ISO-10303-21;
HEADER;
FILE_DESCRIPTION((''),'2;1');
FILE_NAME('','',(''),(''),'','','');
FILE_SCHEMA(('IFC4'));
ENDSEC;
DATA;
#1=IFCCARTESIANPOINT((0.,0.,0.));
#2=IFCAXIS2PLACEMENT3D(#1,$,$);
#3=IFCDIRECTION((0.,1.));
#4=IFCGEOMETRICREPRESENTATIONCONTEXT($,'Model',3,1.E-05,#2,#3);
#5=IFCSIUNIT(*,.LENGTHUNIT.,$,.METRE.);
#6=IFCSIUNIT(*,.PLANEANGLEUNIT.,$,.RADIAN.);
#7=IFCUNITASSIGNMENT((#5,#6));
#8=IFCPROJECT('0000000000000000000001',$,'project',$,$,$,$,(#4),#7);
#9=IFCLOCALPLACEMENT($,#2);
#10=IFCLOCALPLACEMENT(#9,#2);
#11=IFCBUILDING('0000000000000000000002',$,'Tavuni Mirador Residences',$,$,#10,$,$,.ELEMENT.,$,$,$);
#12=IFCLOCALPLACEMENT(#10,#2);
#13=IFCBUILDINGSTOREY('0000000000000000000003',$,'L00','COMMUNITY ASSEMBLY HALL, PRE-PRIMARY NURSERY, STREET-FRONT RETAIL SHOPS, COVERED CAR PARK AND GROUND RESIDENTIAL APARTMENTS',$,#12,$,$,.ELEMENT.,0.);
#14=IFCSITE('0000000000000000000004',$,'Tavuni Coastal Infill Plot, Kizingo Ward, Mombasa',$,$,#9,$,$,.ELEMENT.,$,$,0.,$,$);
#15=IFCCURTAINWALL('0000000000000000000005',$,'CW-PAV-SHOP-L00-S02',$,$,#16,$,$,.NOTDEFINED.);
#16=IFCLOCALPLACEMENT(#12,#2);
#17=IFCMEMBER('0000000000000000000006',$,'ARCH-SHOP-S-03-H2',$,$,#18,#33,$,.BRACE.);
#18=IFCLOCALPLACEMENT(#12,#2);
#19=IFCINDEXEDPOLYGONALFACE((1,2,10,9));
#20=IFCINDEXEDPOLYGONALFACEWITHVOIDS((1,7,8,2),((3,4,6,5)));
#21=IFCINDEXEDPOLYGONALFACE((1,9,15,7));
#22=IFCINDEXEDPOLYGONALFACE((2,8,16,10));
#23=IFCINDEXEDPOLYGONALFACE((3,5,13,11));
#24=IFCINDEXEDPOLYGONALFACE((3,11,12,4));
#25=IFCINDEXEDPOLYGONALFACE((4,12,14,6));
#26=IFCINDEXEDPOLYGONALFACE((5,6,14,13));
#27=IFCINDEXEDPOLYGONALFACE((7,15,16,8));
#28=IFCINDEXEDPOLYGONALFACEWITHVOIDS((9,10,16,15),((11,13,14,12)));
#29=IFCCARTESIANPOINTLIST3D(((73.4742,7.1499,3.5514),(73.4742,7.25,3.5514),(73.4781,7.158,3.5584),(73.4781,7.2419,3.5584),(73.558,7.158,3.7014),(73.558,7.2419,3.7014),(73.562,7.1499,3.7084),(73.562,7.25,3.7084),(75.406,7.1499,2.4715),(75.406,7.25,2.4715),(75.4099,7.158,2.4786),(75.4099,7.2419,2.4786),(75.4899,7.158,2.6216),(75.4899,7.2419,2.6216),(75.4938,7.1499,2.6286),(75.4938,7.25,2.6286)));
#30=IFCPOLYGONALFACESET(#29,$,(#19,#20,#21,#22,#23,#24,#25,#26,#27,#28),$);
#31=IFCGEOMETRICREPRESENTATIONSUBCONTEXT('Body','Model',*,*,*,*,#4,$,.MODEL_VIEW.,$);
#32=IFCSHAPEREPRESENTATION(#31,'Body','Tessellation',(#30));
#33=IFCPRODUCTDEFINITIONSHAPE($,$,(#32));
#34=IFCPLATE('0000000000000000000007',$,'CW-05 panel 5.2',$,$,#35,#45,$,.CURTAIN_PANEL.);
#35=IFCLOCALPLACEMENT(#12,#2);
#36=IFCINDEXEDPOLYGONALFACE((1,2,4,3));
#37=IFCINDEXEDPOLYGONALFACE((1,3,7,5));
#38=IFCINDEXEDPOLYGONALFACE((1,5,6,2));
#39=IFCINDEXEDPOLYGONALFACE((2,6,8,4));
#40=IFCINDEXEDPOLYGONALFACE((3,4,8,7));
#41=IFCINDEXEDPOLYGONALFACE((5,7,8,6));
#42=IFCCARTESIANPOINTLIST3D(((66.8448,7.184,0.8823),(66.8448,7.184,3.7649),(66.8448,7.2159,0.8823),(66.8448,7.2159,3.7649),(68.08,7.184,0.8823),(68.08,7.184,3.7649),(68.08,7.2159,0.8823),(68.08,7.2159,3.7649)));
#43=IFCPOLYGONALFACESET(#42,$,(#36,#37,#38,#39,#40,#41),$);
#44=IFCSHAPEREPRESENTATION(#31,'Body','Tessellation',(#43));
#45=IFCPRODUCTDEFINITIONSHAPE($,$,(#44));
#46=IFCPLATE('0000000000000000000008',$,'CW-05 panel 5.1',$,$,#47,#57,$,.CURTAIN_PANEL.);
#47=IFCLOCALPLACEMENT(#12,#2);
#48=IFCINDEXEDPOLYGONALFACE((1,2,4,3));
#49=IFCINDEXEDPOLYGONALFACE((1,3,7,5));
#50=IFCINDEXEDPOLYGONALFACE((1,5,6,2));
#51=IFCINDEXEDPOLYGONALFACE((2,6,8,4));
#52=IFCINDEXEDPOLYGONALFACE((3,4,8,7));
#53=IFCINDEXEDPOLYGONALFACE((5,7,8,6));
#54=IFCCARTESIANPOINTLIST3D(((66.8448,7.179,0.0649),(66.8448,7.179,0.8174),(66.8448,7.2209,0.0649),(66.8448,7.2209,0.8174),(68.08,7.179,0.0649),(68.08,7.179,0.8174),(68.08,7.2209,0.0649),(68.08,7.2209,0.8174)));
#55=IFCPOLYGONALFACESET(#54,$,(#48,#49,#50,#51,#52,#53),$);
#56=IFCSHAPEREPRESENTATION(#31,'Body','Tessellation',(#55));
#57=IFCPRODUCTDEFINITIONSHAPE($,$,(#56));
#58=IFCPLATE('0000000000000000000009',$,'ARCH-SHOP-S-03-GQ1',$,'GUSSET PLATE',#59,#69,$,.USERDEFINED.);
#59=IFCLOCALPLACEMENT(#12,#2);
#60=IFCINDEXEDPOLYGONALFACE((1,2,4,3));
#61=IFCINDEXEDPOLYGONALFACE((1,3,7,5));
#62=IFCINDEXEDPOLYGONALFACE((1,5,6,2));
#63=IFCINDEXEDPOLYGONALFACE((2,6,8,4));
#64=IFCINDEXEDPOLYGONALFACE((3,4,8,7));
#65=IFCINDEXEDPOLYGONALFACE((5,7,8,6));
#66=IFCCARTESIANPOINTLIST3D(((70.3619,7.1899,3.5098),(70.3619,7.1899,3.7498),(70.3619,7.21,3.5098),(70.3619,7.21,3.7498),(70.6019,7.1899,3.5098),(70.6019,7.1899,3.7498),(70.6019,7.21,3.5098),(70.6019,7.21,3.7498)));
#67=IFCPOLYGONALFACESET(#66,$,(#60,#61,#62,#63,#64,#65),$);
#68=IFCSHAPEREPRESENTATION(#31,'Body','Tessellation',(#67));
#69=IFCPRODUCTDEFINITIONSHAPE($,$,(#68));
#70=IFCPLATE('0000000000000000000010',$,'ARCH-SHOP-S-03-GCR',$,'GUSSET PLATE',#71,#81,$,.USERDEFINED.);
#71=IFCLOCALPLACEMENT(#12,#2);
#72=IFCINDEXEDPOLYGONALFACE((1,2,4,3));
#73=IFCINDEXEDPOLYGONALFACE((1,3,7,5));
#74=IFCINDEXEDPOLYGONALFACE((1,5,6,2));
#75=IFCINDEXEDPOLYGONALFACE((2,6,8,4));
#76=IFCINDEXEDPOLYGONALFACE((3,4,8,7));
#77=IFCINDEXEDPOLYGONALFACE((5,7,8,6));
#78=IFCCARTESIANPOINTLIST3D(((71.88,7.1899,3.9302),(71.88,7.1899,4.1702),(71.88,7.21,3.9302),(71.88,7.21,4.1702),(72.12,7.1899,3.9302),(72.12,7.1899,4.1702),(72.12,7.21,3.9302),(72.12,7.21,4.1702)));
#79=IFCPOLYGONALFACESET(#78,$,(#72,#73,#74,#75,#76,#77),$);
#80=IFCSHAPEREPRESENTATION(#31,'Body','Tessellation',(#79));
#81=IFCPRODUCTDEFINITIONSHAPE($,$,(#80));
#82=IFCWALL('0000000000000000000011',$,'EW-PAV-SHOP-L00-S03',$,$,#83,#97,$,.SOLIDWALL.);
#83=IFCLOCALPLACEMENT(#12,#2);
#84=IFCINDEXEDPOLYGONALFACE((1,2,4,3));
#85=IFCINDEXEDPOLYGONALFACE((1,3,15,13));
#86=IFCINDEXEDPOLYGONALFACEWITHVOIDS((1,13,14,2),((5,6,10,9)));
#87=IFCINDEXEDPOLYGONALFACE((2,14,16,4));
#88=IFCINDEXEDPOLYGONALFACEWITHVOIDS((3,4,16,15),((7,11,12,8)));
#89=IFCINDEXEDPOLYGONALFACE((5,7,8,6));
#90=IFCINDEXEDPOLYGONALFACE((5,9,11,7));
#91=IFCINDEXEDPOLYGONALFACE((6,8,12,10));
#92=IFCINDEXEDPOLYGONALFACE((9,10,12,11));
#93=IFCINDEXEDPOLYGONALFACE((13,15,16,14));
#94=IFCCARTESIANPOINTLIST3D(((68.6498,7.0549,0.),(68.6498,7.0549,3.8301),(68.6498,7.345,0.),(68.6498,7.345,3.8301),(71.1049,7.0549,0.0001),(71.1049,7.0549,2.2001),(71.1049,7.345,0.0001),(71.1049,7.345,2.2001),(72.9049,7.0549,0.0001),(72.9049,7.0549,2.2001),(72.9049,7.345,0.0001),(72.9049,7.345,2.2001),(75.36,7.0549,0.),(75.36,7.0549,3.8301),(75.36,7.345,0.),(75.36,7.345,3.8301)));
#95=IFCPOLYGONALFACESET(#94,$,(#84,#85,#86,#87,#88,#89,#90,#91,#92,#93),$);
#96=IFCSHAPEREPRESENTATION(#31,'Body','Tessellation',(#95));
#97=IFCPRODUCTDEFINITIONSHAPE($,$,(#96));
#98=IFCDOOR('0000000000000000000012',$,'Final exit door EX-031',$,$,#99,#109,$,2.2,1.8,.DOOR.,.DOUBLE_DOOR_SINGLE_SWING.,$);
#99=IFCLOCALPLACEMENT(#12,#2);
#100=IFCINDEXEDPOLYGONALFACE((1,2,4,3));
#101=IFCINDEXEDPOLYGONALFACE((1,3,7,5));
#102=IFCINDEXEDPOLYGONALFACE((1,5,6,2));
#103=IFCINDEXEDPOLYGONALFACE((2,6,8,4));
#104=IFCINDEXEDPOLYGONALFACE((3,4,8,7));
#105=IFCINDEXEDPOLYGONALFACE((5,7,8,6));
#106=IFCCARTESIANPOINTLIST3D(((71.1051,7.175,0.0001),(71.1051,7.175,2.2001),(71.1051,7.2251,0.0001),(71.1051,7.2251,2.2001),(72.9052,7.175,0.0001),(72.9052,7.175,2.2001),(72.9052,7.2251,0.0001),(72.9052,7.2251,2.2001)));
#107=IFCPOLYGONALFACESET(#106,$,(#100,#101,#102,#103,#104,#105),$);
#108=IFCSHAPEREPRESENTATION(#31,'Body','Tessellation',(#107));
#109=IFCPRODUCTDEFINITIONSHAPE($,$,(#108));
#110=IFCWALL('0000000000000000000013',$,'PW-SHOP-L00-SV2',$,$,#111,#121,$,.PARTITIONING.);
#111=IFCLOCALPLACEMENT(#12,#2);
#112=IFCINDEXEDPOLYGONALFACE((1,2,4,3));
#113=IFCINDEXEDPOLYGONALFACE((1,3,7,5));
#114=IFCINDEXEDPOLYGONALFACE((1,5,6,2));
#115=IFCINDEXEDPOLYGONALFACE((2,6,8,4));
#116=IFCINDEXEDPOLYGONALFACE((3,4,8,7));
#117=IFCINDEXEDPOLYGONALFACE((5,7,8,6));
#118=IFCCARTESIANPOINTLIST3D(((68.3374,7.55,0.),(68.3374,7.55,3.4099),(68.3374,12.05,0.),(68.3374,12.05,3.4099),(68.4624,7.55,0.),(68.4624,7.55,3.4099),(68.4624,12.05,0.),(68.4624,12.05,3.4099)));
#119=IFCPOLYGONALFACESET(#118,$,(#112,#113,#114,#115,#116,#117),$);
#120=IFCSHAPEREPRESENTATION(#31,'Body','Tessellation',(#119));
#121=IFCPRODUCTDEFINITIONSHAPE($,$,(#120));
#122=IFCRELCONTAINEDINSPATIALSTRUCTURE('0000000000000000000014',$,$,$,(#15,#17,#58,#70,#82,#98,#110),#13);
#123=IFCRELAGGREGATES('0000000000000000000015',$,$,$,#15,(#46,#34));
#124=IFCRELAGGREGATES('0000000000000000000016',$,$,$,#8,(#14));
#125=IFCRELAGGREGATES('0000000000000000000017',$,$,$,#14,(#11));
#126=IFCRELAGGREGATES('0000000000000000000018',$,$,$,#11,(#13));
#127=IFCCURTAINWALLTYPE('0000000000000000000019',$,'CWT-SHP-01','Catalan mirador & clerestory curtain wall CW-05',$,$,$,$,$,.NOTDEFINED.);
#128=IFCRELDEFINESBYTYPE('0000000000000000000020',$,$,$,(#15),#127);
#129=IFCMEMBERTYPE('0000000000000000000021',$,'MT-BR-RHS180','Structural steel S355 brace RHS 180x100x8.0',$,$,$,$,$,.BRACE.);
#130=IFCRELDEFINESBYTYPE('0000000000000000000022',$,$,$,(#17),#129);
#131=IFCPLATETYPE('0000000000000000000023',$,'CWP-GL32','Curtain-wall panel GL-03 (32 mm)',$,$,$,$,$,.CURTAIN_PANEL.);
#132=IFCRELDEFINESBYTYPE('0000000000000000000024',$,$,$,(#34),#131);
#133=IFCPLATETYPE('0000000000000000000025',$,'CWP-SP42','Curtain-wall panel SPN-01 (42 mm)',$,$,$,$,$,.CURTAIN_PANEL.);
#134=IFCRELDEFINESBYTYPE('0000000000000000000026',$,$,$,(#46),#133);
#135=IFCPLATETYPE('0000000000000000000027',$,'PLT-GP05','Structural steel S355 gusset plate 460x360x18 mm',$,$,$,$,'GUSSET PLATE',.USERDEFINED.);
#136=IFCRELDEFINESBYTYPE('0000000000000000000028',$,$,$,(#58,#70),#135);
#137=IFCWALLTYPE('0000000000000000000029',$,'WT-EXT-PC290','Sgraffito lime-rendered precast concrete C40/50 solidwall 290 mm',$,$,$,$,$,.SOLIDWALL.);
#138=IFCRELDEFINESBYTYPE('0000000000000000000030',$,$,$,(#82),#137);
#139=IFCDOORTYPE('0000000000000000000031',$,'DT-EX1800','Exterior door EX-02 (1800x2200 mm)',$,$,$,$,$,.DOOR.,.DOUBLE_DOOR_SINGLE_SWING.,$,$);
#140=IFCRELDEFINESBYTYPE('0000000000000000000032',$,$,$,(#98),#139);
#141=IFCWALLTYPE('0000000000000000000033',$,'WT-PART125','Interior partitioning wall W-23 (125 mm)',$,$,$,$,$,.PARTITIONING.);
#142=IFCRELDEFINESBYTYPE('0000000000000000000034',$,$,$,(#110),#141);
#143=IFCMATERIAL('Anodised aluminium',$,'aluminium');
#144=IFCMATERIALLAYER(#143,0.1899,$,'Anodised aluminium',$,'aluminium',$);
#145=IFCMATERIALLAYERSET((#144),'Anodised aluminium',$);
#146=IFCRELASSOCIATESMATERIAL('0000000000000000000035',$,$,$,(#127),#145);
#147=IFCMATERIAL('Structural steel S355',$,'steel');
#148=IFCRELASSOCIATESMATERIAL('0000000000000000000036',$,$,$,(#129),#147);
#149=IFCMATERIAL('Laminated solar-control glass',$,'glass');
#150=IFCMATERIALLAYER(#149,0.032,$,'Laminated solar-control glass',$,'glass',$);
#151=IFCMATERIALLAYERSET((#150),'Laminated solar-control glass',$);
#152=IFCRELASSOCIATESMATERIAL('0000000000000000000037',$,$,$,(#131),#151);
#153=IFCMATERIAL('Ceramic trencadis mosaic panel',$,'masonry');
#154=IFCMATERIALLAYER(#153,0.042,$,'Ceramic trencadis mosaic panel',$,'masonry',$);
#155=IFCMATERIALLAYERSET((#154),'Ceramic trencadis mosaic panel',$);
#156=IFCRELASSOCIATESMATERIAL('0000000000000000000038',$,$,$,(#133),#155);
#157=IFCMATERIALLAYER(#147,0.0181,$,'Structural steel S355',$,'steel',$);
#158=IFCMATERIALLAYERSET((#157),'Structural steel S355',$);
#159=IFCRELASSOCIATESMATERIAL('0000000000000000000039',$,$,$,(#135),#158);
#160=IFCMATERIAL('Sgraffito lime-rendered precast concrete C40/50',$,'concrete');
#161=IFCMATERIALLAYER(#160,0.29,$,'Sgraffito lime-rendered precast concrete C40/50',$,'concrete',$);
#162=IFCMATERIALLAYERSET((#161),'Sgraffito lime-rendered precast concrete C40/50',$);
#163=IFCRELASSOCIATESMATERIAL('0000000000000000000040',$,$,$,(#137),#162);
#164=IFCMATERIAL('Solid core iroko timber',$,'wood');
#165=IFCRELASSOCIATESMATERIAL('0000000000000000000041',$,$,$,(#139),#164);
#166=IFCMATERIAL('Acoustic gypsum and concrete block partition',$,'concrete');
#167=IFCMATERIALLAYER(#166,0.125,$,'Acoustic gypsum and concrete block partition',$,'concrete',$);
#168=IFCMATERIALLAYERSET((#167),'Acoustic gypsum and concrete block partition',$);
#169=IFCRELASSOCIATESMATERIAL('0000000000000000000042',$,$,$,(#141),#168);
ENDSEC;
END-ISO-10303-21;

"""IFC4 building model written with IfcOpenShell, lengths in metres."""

from ifc_helpers import new_model, si_unit, direction, frame, frame_2d, origin, origin_2d, place, context, subcontext, project, spatial, rectangle, hollow_rectangle, extrude, material, layer, layer_set, material_profile, profile_set, type_object, element, fill, aggregate, save


model = new_model("IFC4")

# Units and contexts
model_context = context("Model", 3, precision=1e-05, world=origin(), true_north=direction((0.0, 1.0)))
body_context = subcontext(model_context, "Body", "Model", "MODEL_VIEW")
ifc_project = project(units=[si_unit("LENGTHUNIT", "METRE"), si_unit("PLANEANGLEUNIT", "RADIAN")], contexts=[model_context])

# Site, building, storey
site_placement = place(None, origin())
site = spatial("IfcSite", under=ifc_project, at=site_placement, Name="Tavuni Coastal Infill Plot, Kizingo Ward, Mombasa", CompositionType="ELEMENT", RefElevation=0.0)
building_placement = place(site_placement, origin())
building = spatial("IfcBuilding", under=site, at=building_placement, Name="Tavuni Mirador Residences", CompositionType="ELEMENT")
storey_placement = place(building_placement, origin())
storey = spatial("IfcBuildingStorey", under=building, at=storey_placement, Name="L00", Description="COMMUNITY ASSEMBLY HALL, PRE-PRIMARY NURSERY, STREET-FRONT RETAIL SHOPS, COVERED CAR PARK AND GROUND RESIDENTIAL APARTMENTS", CompositionType="ELEMENT", Elevation=0.0)

# Curtain wall
ifc_material_1 = material(Name="Anodised aluminium", Category="aluminium")
ifc_layer_1 = layer(ifc_material_1, 0.1899, Name="Anodised aluminium", Category="aluminium")
ifc_layer_set_1 = layer_set([ifc_layer_1], Name="Anodised aluminium")
curtain_wall_type = type_object("IfcCurtainWallType", Name="CWT-SHP-01", Description="Catalan mirador & clerestory curtain wall CW-05", PredefinedType="NOTDEFINED", material=ifc_layer_set_1)
curtain_wall_placement = place(storey_placement, origin())
curtain_wall = element("IfcCurtainWall", 1, at=curtain_wall_placement, inside=storey, type_object=curtain_wall_type, Name="CW-PAV-SHOP-L00-S02", PredefinedType="NOTDEFINED")

# Member
ifc_material_2 = material(Name="Structural steel S355", Category="steel")
ifc_material_profile_1 = material_profile(ifc_material_2, hollow_rectangle(XDim=0.1001, YDim=0.1799, WallThickness=0.0081, at=origin_2d()), Name="RHS 180x100x8.0", Category="steel")
ifc_profile_set_1 = profile_set([ifc_material_profile_1], Name="Structural steel S355")
member_type_1 = type_object("IfcMemberType", Name="MT-BR-RHS180", Description="Structural steel S355 brace RHS 180x100x8.0", PredefinedType="BRACE", material=ifc_profile_set_1)
member_1_placement = place(storey_placement, frame((73.5181, 7.2, 3.6299), z_axis=(0.872895, 0.0, -0.487908), x_axis=(0.0, 1.0, 0.0)))
element("IfcMember", 2, at=member_1_placement, inside=storey, type_object=member_type_1, Name="ARCH-SHOP-S-03-H2", PredefinedType="BRACE", context=body_context, shape_type="SweptSolid", body=[
    extrude(hollow_rectangle(XDim=0.1001, YDim=0.1799, WallThickness=0.0081, at=origin_2d()), origin(), (0.0, 0.0, 1.0), 2.2131),
])

# Plates
ifc_material_3 = material(Name="Laminated solar-control glass", Category="glass")
ifc_layer_2 = layer(ifc_material_3, 0.032, Name="Laminated solar-control glass", Category="glass")
ifc_layer_set_2 = layer_set([ifc_layer_2], Name="Laminated solar-control glass")
plate_type_1 = type_object("IfcPlateType", Name="CWP-GL32", Description="Curtain-wall panel GL-03 (32 mm)", PredefinedType="CURTAIN_PANEL", material=ifc_layer_set_2)
plate_1_placement = place(storey_placement, frame((67.4624, 7.2, 0.8823), z_axis=(0.0, 0.0, 1.0), x_axis=(1.0, 0.0, 0.0)))
plate_1 = element("IfcPlate", 3, at=plate_1_placement, type_object=plate_type_1, Name="CW-05 panel 5.2", PredefinedType="CURTAIN_PANEL", context=body_context, shape_type="SweptSolid", body=[
    extrude(rectangle(XDim=1.2351, YDim=0.032, at=origin_2d()), origin(), (0.0, 0.0, 1.0), 2.8826),
])
ifc_material_4 = material(Name="Ceramic trencadis mosaic panel", Category="masonry")
ifc_layer_3 = layer(ifc_material_4, 0.042, Name="Ceramic trencadis mosaic panel", Category="masonry")
ifc_layer_set_3 = layer_set([ifc_layer_3], Name="Ceramic trencadis mosaic panel")
plate_type_2 = type_object("IfcPlateType", Name="CWP-SP42", Description="Curtain-wall panel SPN-01 (42 mm)", PredefinedType="CURTAIN_PANEL", material=ifc_layer_set_3)
plate_2_placement = place(storey_placement, frame((67.4624, 7.2, 0.0649), z_axis=(0.0, 0.0, 1.0), x_axis=(1.0, 0.0, 0.0)))
plate_2 = element("IfcPlate", 4, at=plate_2_placement, type_object=plate_type_2, Name="CW-05 panel 5.1", PredefinedType="CURTAIN_PANEL", context=body_context, shape_type="SweptSolid", body=[
    extrude(rectangle(XDim=1.2351, YDim=0.042, at=origin_2d()), origin(), (0.0, 0.0, 1.0), 0.7524),
])
aggregate(curtain_wall, [plate_2, plate_1])

# Plates
ifc_layer_4 = layer(ifc_material_2, 0.0181, Name="Structural steel S355", Category="steel")
ifc_layer_set_4 = layer_set([ifc_layer_4], Name="Structural steel S355")
plate_type_3 = type_object("IfcPlateType", Name="PLT-GP05", Description="Structural steel S355 gusset plate 460x360x18 mm", ElementType="GUSSET PLATE", PredefinedType="USERDEFINED", material=ifc_layer_set_4)
for number, where, z_axis, x_axis, name in (
    (5, (70.4819, 7.2, 3.5098), (0.0, 0.0, 1.0), (1.0, 0.0, 0.0), "ARCH-SHOP-S-03-GQ1"),
    (6, (72.0, 7.2, 3.9302), (0.0, 0.0, 1.0), (1.0, 0.0, 0.0), "ARCH-SHOP-S-03-GCR"),
):
    element("IfcPlate", number, at=place(storey_placement, frame(where, z_axis=z_axis, x_axis=x_axis)), inside=storey, type_object=plate_type_3, Name=name, ObjectType="GUSSET PLATE", PredefinedType="USERDEFINED", context=body_context, shape_type="SweptSolid", body=[
        extrude(rectangle(XDim=0.24, YDim=0.02, at=origin_2d()), origin(), (0.0, 0.0, 1.0), 0.24),
    ])

# Wall, opening, door
ifc_material_5 = material(Name="Sgraffito lime-rendered precast concrete C40/50", Category="concrete")
ifc_layer_5 = layer(ifc_material_5, 0.29, Name="Sgraffito lime-rendered precast concrete C40/50", Category="concrete")
ifc_layer_set_5 = layer_set([ifc_layer_5], Name="Sgraffito lime-rendered precast concrete C40/50")
wall_type_1 = type_object("IfcWallType", Name="WT-EXT-PC290", Description="Sgraffito lime-rendered precast concrete C40/50 solidwall 290 mm", PredefinedType="SOLIDWALL", material=ifc_layer_set_5)
wall_1_placement = place(storey_placement, frame((68.6499, 7.2, 0.0), z_axis=(0.0, 0.0, 1.0), x_axis=(1.0, 0.0, 0.0)))
wall_1 = element("IfcWall", 7, at=wall_1_placement, inside=storey, type_object=wall_type_1, Name="EW-PAV-SHOP-L00-S03", PredefinedType="SOLIDWALL", context=body_context, shape_type="SweptSolid", body=[
    extrude(rectangle(XDim=6.7102, YDim=0.29, at=frame_2d((3.355, 0.0))), origin(), (0.0, 0.0, 1.0), 3.8301),
])
opening_placement = place(wall_1_placement, frame((2.4551, 0.0, 0.0)))
opening = element("IfcOpeningElement", 8, at=opening_placement, cuts=wall_1, PredefinedType="OPENING", context=body_context, shape_type="SweptSolid", body=[
    extrude(rectangle(XDim=1.8, YDim=2.2, at=frame_2d((0.8999, 1.1001))), frame((0.0, 0.155, 0.0), z_axis=(0.0, -1.0, 0.0), x_axis=(1.0, 0.0, 0.0)), (0.0, 0.0, 1.0), 0.3101),
])
ifc_material_6 = material(Name="Solid core iroko timber", Category="wood")
door_type = type_object("IfcDoorType", Name="DT-EX1800", Description="Exterior door EX-02 (1800x2200 mm)", OperationType="DOUBLE_DOOR_SINGLE_SWING", PredefinedType="DOOR", material=ifc_material_6)
door_placement = place(opening_placement, frame((1.8, 0.0, 0.0), z_axis=(0.0, 0.0, 1.0), x_axis=(-1.0, 0.0, 0.0)))
door = element("IfcDoor", 9, at=door_placement, inside=storey, type_object=door_type, Name="Final exit door EX-031", OperationType="DOUBLE_DOOR_SINGLE_SWING", OverallHeight=2.2, OverallWidth=1.8, PredefinedType="DOOR", context=body_context, shape_type="SweptSolid", body=[
    extrude(rectangle(XDim=1.8, YDim=2.2, at=frame_2d((0.8999, 1.1001))), frame((0.0, 0.0249, 0.0), z_axis=(0.0, -1.0, 0.0), x_axis=(1.0, 0.0, 0.0)), (0.0, 0.0, 1.0), 0.05),
])
fill(opening, door)

# Wall
ifc_material_7 = material(Name="Acoustic gypsum and concrete block partition", Category="concrete")
ifc_layer_6 = layer(ifc_material_7, 0.125, Name="Acoustic gypsum and concrete block partition", Category="concrete")
ifc_layer_set_6 = layer_set([ifc_layer_6], Name="Acoustic gypsum and concrete block partition")
wall_type_2 = type_object("IfcWallType", Name="WT-PART125", Description="Interior partitioning wall W-23 (125 mm)", PredefinedType="PARTITIONING", material=ifc_layer_set_6)
wall_2_placement = place(storey_placement, frame((68.3999, 7.55, 0.0), z_axis=(0.0, 0.0, 1.0), x_axis=(0.0, 1.0, 0.0)))
element("IfcWall", 10, at=wall_2_placement, inside=storey, type_object=wall_type_2, Name="PW-SHOP-L00-SV2", PredefinedType="PARTITIONING", context=body_context, shape_type="SweptSolid", body=[
    extrude(rectangle(XDim=4.5, YDim=0.125, at=frame_2d((2.25, 0.0))), origin(), (0.0, 0.0, 1.0), 3.4099),
])

save(model, "model.ifc")
